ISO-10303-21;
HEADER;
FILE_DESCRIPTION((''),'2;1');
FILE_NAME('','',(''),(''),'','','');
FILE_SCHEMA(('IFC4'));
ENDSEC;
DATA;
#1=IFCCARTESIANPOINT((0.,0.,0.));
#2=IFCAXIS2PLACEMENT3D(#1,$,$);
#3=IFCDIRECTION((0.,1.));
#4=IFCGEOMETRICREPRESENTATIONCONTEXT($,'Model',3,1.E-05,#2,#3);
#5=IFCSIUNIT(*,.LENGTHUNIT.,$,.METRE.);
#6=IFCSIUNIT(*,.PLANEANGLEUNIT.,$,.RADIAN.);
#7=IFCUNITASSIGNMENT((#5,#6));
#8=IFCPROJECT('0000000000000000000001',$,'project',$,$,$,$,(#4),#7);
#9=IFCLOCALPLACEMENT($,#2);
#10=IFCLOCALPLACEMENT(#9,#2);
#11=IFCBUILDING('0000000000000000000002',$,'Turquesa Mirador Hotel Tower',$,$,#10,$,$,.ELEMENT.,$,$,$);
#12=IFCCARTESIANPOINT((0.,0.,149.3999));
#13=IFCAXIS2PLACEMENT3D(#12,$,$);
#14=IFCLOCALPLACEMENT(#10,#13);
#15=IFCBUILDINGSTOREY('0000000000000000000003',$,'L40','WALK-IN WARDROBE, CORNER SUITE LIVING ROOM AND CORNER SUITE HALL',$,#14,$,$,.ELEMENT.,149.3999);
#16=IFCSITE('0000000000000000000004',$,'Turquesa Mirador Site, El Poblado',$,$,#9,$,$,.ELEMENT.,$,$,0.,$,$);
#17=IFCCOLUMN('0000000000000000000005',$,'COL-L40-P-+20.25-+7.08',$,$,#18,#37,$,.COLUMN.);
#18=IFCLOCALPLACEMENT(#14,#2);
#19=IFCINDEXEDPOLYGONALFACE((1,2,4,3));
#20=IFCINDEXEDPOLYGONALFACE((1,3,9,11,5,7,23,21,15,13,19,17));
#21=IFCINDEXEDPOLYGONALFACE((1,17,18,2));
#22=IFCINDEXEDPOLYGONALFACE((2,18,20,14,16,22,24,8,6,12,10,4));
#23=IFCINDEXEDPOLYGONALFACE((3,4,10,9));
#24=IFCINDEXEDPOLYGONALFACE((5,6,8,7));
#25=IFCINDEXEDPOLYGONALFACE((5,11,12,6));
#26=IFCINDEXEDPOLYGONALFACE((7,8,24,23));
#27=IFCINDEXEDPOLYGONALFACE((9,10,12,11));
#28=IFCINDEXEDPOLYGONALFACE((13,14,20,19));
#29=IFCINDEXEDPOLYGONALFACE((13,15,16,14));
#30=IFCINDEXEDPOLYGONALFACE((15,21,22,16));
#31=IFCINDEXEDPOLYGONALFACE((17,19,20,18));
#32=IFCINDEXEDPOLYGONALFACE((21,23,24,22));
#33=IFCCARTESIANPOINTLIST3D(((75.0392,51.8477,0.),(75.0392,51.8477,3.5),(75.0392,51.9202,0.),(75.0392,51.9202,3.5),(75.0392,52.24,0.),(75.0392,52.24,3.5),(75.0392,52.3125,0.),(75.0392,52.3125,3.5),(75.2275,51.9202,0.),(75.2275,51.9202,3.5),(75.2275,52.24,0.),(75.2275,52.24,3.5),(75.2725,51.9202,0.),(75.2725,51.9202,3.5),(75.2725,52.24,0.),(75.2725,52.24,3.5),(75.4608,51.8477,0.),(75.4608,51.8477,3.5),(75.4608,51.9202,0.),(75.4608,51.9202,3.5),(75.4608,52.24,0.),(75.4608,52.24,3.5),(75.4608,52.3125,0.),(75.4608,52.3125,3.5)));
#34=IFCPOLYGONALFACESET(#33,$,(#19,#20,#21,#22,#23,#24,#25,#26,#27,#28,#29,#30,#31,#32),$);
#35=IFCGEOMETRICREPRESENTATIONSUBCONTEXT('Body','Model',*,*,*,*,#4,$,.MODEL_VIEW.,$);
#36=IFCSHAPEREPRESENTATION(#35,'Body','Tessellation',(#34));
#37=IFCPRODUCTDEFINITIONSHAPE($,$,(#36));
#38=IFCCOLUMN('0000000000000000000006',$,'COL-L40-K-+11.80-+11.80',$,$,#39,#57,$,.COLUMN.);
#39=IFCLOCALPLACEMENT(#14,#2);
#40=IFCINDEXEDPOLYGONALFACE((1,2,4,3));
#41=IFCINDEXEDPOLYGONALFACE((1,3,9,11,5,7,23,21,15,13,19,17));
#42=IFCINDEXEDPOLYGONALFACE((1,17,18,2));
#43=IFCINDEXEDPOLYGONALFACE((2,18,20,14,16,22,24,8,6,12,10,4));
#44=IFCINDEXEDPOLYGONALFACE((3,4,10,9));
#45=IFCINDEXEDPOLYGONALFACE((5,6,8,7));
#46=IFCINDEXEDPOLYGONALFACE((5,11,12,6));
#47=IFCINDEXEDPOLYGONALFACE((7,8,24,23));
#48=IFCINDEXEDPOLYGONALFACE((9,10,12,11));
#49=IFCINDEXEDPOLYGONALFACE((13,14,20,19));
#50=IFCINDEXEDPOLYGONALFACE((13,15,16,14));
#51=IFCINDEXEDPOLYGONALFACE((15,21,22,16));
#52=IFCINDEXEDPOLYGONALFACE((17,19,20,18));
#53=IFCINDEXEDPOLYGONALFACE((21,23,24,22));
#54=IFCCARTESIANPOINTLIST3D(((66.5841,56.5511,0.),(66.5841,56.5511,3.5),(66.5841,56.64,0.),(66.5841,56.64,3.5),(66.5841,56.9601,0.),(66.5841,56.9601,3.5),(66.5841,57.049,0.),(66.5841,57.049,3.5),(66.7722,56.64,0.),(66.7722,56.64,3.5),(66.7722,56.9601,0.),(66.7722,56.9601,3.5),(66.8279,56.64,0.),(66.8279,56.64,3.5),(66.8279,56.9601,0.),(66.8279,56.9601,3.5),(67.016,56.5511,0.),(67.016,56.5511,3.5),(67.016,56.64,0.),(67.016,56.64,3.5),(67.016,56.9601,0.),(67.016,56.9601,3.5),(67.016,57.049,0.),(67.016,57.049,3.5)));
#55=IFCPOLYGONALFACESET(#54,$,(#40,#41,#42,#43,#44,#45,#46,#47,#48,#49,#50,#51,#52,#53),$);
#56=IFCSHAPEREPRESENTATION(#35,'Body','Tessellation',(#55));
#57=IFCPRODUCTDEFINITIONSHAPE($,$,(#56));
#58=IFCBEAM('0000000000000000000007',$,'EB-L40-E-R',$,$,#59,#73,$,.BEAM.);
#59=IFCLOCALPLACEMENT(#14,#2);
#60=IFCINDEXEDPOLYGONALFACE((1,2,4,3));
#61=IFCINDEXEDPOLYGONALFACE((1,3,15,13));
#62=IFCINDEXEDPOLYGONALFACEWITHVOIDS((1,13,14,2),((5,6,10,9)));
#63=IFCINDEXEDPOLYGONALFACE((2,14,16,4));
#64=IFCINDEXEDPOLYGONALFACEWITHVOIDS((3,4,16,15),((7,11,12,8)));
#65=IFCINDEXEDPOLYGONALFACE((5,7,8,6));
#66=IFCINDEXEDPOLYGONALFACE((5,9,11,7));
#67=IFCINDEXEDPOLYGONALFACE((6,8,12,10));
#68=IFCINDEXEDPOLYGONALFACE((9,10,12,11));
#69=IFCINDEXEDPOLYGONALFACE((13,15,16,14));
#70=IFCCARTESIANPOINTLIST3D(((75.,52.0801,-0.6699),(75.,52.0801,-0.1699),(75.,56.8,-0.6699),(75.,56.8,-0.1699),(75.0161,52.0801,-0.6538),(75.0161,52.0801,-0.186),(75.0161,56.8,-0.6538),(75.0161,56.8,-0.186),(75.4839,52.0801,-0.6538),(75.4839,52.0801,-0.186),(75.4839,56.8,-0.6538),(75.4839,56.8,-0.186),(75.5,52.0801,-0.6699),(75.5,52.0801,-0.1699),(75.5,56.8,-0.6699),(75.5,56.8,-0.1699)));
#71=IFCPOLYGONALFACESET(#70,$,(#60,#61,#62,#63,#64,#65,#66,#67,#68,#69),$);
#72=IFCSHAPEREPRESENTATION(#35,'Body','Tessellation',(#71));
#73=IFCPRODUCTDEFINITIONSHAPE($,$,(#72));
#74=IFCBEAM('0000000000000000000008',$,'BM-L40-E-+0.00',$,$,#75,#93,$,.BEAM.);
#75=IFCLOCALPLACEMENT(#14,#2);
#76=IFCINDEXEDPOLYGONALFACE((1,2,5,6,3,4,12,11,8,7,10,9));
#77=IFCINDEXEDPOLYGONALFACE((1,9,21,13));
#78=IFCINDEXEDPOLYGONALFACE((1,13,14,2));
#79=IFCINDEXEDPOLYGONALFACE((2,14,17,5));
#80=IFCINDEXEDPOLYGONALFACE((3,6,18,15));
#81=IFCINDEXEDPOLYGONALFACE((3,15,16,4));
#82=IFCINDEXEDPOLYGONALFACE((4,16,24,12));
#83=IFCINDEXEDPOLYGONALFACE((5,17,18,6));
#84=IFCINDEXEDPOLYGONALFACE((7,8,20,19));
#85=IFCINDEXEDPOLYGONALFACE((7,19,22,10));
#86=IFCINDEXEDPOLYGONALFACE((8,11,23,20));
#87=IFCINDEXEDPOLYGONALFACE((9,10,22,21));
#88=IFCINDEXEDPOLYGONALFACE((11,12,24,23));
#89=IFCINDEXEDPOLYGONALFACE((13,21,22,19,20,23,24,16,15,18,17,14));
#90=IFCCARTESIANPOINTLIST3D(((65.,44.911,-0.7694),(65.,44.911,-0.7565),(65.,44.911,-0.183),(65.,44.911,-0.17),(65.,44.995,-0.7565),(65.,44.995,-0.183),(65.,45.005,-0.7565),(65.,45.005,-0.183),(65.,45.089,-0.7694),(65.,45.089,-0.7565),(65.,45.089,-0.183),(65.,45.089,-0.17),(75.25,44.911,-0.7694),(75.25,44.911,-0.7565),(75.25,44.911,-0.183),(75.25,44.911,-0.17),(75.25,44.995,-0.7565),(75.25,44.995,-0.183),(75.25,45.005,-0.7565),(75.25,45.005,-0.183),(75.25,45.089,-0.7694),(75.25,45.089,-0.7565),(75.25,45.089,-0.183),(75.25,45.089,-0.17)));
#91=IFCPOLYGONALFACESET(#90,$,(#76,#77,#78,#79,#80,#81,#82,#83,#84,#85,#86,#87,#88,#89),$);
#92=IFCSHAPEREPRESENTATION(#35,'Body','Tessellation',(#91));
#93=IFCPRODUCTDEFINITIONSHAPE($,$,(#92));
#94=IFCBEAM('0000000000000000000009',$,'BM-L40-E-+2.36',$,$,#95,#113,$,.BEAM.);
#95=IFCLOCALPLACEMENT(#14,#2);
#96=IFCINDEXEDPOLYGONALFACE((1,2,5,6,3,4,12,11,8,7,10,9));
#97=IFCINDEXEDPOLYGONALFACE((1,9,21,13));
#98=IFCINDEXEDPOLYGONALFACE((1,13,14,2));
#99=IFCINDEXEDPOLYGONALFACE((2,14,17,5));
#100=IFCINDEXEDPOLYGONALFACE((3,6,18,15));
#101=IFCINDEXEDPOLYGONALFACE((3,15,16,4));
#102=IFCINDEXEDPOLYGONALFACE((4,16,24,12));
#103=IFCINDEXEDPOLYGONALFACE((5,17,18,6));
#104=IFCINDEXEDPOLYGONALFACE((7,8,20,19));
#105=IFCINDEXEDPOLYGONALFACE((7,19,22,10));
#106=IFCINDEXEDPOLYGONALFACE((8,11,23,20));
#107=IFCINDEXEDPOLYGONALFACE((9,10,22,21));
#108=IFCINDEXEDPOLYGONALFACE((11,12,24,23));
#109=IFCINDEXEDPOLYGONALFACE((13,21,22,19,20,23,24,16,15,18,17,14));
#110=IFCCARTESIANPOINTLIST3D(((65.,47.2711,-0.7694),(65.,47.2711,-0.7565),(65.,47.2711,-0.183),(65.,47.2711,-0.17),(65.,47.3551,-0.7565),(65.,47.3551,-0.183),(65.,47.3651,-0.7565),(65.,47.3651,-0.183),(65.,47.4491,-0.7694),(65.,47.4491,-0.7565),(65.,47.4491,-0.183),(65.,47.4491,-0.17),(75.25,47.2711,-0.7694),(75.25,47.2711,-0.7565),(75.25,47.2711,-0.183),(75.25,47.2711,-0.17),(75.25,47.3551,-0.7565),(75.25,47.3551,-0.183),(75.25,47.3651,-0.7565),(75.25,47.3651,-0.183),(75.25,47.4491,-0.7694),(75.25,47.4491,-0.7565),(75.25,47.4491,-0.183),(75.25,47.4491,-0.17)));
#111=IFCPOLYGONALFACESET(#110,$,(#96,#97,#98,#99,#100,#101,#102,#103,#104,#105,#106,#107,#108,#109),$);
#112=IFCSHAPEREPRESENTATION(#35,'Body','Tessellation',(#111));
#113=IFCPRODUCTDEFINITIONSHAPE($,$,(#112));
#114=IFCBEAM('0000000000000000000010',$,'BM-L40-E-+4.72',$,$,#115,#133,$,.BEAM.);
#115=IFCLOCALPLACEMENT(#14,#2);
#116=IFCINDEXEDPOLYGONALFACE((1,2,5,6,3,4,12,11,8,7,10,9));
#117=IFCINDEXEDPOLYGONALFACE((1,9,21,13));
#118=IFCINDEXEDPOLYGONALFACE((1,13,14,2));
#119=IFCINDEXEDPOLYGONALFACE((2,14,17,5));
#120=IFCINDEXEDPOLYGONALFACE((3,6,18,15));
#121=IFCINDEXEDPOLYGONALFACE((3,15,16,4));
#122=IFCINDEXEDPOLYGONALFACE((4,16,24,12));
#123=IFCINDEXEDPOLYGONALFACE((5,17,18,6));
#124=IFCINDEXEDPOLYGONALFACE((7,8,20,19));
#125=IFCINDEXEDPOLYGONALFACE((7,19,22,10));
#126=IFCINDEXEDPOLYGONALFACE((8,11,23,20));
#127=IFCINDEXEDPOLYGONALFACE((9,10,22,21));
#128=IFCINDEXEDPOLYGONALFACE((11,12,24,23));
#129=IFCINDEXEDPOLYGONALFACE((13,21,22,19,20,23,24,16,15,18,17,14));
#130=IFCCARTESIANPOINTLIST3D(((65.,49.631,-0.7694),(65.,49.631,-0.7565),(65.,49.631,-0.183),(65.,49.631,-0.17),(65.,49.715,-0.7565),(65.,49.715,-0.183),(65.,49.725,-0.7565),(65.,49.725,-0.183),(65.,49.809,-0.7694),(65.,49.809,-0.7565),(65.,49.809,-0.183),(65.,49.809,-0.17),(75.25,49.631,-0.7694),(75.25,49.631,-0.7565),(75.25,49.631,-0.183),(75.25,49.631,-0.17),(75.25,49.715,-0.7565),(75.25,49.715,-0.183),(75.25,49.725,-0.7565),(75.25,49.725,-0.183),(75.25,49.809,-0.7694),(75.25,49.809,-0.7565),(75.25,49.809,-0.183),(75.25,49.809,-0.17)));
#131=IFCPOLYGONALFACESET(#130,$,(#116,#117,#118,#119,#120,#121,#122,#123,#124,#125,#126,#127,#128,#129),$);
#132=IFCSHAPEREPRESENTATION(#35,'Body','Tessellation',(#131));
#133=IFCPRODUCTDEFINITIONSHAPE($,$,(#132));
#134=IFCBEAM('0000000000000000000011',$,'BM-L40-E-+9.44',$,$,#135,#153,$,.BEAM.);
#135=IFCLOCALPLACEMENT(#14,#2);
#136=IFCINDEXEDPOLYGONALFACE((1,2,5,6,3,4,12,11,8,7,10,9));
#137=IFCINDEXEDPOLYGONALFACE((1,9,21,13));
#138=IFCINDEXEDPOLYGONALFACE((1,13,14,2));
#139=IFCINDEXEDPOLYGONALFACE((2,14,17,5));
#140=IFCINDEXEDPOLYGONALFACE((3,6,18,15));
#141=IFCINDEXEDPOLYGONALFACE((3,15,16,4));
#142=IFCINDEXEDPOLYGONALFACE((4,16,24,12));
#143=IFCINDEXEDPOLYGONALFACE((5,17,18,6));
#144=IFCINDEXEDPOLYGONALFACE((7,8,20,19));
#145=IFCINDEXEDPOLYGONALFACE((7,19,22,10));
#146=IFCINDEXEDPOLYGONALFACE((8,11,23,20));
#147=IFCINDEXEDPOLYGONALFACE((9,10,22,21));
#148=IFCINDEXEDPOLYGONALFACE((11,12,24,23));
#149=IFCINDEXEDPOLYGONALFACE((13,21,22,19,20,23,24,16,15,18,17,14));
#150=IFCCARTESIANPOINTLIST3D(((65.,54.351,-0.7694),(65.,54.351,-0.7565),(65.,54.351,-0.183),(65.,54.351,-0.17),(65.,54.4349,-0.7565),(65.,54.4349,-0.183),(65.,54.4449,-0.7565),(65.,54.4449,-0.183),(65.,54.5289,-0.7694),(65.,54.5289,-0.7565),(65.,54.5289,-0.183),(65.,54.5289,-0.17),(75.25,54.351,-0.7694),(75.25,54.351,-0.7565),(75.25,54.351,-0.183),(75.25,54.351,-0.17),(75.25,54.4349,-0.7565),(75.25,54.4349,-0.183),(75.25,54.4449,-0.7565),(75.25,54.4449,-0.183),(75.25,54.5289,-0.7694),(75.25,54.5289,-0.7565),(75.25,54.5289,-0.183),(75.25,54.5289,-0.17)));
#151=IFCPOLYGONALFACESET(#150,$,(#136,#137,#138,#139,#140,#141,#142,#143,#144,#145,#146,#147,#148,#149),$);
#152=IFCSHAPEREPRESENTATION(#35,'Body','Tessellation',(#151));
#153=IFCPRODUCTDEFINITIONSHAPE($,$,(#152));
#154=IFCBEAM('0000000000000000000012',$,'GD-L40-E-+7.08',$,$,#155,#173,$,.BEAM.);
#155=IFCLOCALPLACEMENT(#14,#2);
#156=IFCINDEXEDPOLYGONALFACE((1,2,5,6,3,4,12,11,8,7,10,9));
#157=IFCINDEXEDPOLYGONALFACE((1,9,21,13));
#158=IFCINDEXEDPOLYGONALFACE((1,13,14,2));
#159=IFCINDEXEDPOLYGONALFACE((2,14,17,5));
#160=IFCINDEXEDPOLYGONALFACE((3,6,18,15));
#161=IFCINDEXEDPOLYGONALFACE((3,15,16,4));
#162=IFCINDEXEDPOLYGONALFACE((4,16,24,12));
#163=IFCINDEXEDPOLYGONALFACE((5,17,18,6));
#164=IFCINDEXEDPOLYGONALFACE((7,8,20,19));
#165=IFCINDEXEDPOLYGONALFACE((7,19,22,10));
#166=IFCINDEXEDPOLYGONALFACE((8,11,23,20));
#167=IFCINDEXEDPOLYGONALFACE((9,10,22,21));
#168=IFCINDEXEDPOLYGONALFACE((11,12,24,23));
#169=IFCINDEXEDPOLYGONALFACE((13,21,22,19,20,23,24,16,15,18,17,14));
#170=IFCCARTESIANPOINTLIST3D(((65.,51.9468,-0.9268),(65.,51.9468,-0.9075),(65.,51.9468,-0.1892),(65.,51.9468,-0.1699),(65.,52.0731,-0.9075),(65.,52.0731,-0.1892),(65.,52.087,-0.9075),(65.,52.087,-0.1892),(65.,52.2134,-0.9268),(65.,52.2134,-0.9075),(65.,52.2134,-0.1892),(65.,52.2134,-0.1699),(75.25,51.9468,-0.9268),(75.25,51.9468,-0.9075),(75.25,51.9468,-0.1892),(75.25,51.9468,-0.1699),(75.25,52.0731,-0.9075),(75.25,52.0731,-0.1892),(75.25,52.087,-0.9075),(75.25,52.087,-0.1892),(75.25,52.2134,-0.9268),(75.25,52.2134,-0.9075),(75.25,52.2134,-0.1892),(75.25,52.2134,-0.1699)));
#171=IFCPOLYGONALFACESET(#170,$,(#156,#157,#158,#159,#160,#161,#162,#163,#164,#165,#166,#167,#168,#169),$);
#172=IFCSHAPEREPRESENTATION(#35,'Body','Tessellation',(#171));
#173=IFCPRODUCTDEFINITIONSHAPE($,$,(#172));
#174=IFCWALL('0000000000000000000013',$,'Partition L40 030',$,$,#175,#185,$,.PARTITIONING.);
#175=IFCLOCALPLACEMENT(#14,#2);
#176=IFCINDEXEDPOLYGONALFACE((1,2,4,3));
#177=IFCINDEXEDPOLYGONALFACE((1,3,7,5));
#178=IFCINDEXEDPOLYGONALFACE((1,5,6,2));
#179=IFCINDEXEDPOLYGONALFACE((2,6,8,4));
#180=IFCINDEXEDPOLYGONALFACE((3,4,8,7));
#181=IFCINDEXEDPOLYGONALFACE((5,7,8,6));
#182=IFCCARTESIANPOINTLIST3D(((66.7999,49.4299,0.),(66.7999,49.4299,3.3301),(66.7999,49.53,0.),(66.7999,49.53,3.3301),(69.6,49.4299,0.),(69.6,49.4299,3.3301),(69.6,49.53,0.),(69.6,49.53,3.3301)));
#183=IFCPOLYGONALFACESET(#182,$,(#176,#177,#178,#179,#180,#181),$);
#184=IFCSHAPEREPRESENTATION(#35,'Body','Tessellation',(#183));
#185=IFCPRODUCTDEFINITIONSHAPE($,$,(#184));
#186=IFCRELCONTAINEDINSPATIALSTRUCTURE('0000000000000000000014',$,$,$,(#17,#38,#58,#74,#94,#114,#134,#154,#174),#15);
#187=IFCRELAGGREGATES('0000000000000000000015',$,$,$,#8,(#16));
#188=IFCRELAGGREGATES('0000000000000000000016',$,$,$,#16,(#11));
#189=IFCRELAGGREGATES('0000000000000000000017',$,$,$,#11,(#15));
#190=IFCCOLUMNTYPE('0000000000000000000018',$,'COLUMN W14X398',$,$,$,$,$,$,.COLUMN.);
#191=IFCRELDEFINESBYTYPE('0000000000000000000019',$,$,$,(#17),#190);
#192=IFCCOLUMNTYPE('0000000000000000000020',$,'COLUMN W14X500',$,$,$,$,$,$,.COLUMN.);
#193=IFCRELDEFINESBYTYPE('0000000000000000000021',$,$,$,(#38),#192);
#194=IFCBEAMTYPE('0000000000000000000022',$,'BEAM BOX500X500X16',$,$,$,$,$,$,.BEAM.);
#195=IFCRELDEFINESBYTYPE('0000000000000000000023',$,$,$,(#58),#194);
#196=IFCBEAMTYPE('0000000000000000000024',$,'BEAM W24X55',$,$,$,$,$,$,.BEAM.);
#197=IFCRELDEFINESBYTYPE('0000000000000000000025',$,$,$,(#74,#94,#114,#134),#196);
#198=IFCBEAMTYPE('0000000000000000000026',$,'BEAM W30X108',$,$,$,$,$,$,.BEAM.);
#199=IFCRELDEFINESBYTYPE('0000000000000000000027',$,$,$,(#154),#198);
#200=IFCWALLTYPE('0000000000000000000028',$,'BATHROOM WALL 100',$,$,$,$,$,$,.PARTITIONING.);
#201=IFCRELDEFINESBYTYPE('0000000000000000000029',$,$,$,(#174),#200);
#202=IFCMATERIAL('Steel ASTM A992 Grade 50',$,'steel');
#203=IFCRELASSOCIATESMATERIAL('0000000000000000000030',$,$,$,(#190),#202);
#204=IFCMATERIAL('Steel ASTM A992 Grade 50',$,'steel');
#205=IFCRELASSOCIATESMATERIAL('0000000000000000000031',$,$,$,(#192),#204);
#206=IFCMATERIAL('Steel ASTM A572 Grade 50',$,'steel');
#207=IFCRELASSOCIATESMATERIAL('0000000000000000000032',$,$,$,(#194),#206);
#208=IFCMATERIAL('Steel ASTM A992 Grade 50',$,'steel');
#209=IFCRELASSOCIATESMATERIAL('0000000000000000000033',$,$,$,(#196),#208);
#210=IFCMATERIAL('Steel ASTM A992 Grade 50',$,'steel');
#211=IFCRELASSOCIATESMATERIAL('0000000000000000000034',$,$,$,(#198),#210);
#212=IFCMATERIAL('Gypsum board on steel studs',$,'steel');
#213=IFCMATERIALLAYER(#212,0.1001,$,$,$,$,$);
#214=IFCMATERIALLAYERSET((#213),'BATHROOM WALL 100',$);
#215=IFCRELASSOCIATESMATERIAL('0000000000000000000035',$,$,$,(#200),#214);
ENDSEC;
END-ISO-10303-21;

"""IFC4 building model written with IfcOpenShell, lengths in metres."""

from ifc_helpers import new_model, si_unit, direction, frame, frame_2d, origin, origin_2d, place, context, subcontext, project, spatial, rectangle, hollow_rectangle, i_section, extrude, material, layer, layer_set, material_profile, profile_set, type_object, element, save


model = new_model("IFC4")

# Units and contexts
model_context = context("Model", 3, precision=1e-05, world=origin(), true_north=direction((0.0, 1.0)))
body_context = subcontext(model_context, "Body", "Model", "MODEL_VIEW")
ifc_project = project(units=[si_unit("LENGTHUNIT", "METRE"), si_unit("PLANEANGLEUNIT", "RADIAN")], contexts=[model_context])

# Site, building, storey
site_placement = place(None, origin())
site = spatial("IfcSite", under=ifc_project, at=site_placement, Name="Turquesa Mirador Site, El Poblado", CompositionType="ELEMENT", RefElevation=0.0)
building_placement = place(site_placement, origin())
building = spatial("IfcBuilding", under=site, at=building_placement, Name="Turquesa Mirador Hotel Tower", CompositionType="ELEMENT")
storey_placement = place(building_placement, frame((0.0, 0.0, 149.3999)))
storey = spatial("IfcBuildingStorey", under=building, at=storey_placement, Name="L40", Description="WALK-IN WARDROBE, CORNER SUITE LIVING ROOM AND CORNER SUITE HALL", CompositionType="ELEMENT", Elevation=149.3999)

# Columns
ifc_material_1 = material(Name="Steel ASTM A992 Grade 50", Category="steel")
ifc_material_profile_1 = material_profile(ifc_material_1, i_section(OverallWidth=0.4216, OverallDepth=0.4648, WebThickness=0.0449, FlangeThickness=0.0725, at=origin_2d()), Name="W14X398")
ifc_profile_set_1 = profile_set([ifc_material_profile_1], Name="Steel ASTM A992 Grade 50")
column_type_1 = type_object("IfcColumnType", Name="COLUMN W14X398", PredefinedType="COLUMN", material=ifc_profile_set_1)
column_1_placement = place(storey_placement, frame((75.25, 52.0801, 0.0), z_axis=(0.0, 0.0, 1.0), x_axis=(1.0, 0.0, 0.0)))
element("IfcColumn", 1, at=column_1_placement, inside=storey, type_object=column_type_1, Name="COL-L40-P-+20.25-+7.08", PredefinedType="COLUMN", context=body_context, shape_type="SweptSolid", body=[
    extrude(i_section(OverallWidth=0.4216, OverallDepth=0.4648, WebThickness=0.0449, FlangeThickness=0.0725, at=origin_2d()), origin(), (0.0, 0.0, 1.0), 3.5),
])
ifc_material_2 = material(Name="Steel ASTM A992 Grade 50", Category="steel")
ifc_material_profile_2 = material_profile(ifc_material_2, i_section(OverallWidth=0.4319, OverallDepth=0.4978, WebThickness=0.0557, FlangeThickness=0.0889, at=origin_2d()), Name="W14X500")
ifc_profile_set_2 = profile_set([ifc_material_profile_2], Name="Steel ASTM A992 Grade 50")
column_type_2 = type_object("IfcColumnType", Name="COLUMN W14X500", PredefinedType="COLUMN", material=ifc_profile_set_2)
column_2_placement = place(storey_placement, frame((66.8, 56.8, 0.0), z_axis=(0.0, 0.0, 1.0), x_axis=(1.0, 0.0, 0.0)))
element("IfcColumn", 2, at=column_2_placement, inside=storey, type_object=column_type_2, Name="COL-L40-K-+11.80-+11.80", PredefinedType="COLUMN", context=body_context, shape_type="SweptSolid", body=[
    extrude(i_section(OverallWidth=0.4319, OverallDepth=0.4978, WebThickness=0.0557, FlangeThickness=0.0889, at=origin_2d()), origin(), (0.0, 0.0, 1.0), 3.5),
])

# Beams
ifc_material_3 = material(Name="Steel ASTM A572 Grade 50", Category="steel")
ifc_material_profile_3 = material_profile(ifc_material_3, hollow_rectangle(XDim=0.5, YDim=0.5, WallThickness=0.0161, at=origin_2d()), Name="BOX500X500X16")
ifc_profile_set_3 = profile_set([ifc_material_profile_3], Name="Steel ASTM A572 Grade 50")
beam_type_1 = type_object("IfcBeamType", Name="BEAM BOX500X500X16", PredefinedType="BEAM", material=ifc_profile_set_3)
beam_1_placement = place(storey_placement, frame((75.25, 52.0801, -0.4199), z_axis=(0.0, 1.0, 0.0), x_axis=(-1.0, 0.0, 0.0)))
element("IfcBeam", 3, at=beam_1_placement, inside=storey, type_object=beam_type_1, Name="EB-L40-E-R", PredefinedType="BEAM", context=body_context, shape_type="SweptSolid", body=[
    extrude(hollow_rectangle(XDim=0.5, YDim=0.5, WallThickness=0.0161, at=origin_2d()), origin(), (0.0, 0.0, 1.0), 4.72),
])
ifc_material_4 = material(Name="Steel ASTM A992 Grade 50", Category="steel")
ifc_material_profile_4 = material_profile(ifc_material_4, i_section(OverallWidth=0.178, OverallDepth=0.5994, WebThickness=0.01, FlangeThickness=0.0129, at=origin_2d()), Name="W24X55")
ifc_profile_set_4 = profile_set([ifc_material_profile_4], Name="Steel ASTM A992 Grade 50")
beam_type_2 = type_object("IfcBeamType", Name="BEAM W24X55", PredefinedType="BEAM", material=ifc_profile_set_4)
for number, where, z_axis, x_axis, name in (
    (4, (75.25, 45.0, -0.4697), (-1.0, 0.0, 0.0), (0.0, -1.0, 0.0), "BM-L40-E-+0.00"),
    (5, (75.25, 47.3601, -0.4697), (-1.0, 0.0, 0.0), (0.0, -1.0, 0.0), "BM-L40-E-+2.36"),
    (6, (75.25, 49.72, -0.4697), (-1.0, 0.0, 0.0), (0.0, -1.0, 0.0), "BM-L40-E-+4.72"),
    (7, (75.25, 54.4399, -0.4697), (-1.0, 0.0, 0.0), (0.0, -1.0, 0.0), "BM-L40-E-+9.44"),
):
    element("IfcBeam", number, at=place(storey_placement, frame(where, z_axis=z_axis, x_axis=x_axis)), inside=storey, type_object=beam_type_2, Name=name, PredefinedType="BEAM", context=body_context, shape_type="SweptSolid", body=[
        extrude(i_section(OverallWidth=0.178, OverallDepth=0.5994, WebThickness=0.01, FlangeThickness=0.0129, at=origin_2d()), origin(), (0.0, 0.0, 1.0), 10.25),
    ])
ifc_material_5 = material(Name="Steel ASTM A992 Grade 50", Category="steel")
ifc_material_profile_5 = material_profile(ifc_material_5, i_section(OverallWidth=0.2666, OverallDepth=0.7568, WebThickness=0.0139, FlangeThickness=0.0193, at=origin_2d()), Name="W30X108")
ifc_profile_set_5 = profile_set([ifc_material_profile_5], Name="Steel ASTM A992 Grade 50")
beam_type_3 = type_object("IfcBeamType", Name="BEAM W30X108", PredefinedType="BEAM", material=ifc_profile_set_5)
beam_2_placement = place(storey_placement, frame((75.25, 52.0801, -0.5483), z_axis=(-1.0, 0.0, 0.0), x_axis=(0.0, -1.0, 0.0)))
element("IfcBeam", 8, at=beam_2_placement, inside=storey, type_object=beam_type_3, Name="GD-L40-E-+7.08", PredefinedType="BEAM", context=body_context, shape_type="SweptSolid", body=[
    extrude(i_section(OverallWidth=0.2666, OverallDepth=0.7568, WebThickness=0.0139, FlangeThickness=0.0193, at=origin_2d()), origin(), (0.0, 0.0, 1.0), 10.25),
])

# Wall
ifc_material_6 = material(Name="Gypsum board on steel studs", Category="steel")
ifc_layer_1 = layer(ifc_material_6, 0.1001)
ifc_layer_set_1 = layer_set([ifc_layer_1], Name="BATHROOM WALL 100")
wall_type_1 = type_object("IfcWallType", Name="BATHROOM WALL 100", PredefinedType="PARTITIONING", material=ifc_layer_set_1)
wall_1_placement = place(storey_placement, frame((66.8, 49.48, 0.0), z_axis=(0.0, 0.0, 1.0), x_axis=(1.0, 0.0, 0.0)))
element("IfcWall", 9, at=wall_1_placement, inside=storey, type_object=wall_type_1, Name="Partition L40 030", PredefinedType="PARTITIONING", context=body_context, shape_type="SweptSolid", body=[
    extrude(rectangle(XDim=2.8, YDim=0.1001, at=frame_2d((1.3999, 0.0))), origin(), (0.0, 0.0, 1.0), 3.3301),
])

save(model, "model.ifc")
